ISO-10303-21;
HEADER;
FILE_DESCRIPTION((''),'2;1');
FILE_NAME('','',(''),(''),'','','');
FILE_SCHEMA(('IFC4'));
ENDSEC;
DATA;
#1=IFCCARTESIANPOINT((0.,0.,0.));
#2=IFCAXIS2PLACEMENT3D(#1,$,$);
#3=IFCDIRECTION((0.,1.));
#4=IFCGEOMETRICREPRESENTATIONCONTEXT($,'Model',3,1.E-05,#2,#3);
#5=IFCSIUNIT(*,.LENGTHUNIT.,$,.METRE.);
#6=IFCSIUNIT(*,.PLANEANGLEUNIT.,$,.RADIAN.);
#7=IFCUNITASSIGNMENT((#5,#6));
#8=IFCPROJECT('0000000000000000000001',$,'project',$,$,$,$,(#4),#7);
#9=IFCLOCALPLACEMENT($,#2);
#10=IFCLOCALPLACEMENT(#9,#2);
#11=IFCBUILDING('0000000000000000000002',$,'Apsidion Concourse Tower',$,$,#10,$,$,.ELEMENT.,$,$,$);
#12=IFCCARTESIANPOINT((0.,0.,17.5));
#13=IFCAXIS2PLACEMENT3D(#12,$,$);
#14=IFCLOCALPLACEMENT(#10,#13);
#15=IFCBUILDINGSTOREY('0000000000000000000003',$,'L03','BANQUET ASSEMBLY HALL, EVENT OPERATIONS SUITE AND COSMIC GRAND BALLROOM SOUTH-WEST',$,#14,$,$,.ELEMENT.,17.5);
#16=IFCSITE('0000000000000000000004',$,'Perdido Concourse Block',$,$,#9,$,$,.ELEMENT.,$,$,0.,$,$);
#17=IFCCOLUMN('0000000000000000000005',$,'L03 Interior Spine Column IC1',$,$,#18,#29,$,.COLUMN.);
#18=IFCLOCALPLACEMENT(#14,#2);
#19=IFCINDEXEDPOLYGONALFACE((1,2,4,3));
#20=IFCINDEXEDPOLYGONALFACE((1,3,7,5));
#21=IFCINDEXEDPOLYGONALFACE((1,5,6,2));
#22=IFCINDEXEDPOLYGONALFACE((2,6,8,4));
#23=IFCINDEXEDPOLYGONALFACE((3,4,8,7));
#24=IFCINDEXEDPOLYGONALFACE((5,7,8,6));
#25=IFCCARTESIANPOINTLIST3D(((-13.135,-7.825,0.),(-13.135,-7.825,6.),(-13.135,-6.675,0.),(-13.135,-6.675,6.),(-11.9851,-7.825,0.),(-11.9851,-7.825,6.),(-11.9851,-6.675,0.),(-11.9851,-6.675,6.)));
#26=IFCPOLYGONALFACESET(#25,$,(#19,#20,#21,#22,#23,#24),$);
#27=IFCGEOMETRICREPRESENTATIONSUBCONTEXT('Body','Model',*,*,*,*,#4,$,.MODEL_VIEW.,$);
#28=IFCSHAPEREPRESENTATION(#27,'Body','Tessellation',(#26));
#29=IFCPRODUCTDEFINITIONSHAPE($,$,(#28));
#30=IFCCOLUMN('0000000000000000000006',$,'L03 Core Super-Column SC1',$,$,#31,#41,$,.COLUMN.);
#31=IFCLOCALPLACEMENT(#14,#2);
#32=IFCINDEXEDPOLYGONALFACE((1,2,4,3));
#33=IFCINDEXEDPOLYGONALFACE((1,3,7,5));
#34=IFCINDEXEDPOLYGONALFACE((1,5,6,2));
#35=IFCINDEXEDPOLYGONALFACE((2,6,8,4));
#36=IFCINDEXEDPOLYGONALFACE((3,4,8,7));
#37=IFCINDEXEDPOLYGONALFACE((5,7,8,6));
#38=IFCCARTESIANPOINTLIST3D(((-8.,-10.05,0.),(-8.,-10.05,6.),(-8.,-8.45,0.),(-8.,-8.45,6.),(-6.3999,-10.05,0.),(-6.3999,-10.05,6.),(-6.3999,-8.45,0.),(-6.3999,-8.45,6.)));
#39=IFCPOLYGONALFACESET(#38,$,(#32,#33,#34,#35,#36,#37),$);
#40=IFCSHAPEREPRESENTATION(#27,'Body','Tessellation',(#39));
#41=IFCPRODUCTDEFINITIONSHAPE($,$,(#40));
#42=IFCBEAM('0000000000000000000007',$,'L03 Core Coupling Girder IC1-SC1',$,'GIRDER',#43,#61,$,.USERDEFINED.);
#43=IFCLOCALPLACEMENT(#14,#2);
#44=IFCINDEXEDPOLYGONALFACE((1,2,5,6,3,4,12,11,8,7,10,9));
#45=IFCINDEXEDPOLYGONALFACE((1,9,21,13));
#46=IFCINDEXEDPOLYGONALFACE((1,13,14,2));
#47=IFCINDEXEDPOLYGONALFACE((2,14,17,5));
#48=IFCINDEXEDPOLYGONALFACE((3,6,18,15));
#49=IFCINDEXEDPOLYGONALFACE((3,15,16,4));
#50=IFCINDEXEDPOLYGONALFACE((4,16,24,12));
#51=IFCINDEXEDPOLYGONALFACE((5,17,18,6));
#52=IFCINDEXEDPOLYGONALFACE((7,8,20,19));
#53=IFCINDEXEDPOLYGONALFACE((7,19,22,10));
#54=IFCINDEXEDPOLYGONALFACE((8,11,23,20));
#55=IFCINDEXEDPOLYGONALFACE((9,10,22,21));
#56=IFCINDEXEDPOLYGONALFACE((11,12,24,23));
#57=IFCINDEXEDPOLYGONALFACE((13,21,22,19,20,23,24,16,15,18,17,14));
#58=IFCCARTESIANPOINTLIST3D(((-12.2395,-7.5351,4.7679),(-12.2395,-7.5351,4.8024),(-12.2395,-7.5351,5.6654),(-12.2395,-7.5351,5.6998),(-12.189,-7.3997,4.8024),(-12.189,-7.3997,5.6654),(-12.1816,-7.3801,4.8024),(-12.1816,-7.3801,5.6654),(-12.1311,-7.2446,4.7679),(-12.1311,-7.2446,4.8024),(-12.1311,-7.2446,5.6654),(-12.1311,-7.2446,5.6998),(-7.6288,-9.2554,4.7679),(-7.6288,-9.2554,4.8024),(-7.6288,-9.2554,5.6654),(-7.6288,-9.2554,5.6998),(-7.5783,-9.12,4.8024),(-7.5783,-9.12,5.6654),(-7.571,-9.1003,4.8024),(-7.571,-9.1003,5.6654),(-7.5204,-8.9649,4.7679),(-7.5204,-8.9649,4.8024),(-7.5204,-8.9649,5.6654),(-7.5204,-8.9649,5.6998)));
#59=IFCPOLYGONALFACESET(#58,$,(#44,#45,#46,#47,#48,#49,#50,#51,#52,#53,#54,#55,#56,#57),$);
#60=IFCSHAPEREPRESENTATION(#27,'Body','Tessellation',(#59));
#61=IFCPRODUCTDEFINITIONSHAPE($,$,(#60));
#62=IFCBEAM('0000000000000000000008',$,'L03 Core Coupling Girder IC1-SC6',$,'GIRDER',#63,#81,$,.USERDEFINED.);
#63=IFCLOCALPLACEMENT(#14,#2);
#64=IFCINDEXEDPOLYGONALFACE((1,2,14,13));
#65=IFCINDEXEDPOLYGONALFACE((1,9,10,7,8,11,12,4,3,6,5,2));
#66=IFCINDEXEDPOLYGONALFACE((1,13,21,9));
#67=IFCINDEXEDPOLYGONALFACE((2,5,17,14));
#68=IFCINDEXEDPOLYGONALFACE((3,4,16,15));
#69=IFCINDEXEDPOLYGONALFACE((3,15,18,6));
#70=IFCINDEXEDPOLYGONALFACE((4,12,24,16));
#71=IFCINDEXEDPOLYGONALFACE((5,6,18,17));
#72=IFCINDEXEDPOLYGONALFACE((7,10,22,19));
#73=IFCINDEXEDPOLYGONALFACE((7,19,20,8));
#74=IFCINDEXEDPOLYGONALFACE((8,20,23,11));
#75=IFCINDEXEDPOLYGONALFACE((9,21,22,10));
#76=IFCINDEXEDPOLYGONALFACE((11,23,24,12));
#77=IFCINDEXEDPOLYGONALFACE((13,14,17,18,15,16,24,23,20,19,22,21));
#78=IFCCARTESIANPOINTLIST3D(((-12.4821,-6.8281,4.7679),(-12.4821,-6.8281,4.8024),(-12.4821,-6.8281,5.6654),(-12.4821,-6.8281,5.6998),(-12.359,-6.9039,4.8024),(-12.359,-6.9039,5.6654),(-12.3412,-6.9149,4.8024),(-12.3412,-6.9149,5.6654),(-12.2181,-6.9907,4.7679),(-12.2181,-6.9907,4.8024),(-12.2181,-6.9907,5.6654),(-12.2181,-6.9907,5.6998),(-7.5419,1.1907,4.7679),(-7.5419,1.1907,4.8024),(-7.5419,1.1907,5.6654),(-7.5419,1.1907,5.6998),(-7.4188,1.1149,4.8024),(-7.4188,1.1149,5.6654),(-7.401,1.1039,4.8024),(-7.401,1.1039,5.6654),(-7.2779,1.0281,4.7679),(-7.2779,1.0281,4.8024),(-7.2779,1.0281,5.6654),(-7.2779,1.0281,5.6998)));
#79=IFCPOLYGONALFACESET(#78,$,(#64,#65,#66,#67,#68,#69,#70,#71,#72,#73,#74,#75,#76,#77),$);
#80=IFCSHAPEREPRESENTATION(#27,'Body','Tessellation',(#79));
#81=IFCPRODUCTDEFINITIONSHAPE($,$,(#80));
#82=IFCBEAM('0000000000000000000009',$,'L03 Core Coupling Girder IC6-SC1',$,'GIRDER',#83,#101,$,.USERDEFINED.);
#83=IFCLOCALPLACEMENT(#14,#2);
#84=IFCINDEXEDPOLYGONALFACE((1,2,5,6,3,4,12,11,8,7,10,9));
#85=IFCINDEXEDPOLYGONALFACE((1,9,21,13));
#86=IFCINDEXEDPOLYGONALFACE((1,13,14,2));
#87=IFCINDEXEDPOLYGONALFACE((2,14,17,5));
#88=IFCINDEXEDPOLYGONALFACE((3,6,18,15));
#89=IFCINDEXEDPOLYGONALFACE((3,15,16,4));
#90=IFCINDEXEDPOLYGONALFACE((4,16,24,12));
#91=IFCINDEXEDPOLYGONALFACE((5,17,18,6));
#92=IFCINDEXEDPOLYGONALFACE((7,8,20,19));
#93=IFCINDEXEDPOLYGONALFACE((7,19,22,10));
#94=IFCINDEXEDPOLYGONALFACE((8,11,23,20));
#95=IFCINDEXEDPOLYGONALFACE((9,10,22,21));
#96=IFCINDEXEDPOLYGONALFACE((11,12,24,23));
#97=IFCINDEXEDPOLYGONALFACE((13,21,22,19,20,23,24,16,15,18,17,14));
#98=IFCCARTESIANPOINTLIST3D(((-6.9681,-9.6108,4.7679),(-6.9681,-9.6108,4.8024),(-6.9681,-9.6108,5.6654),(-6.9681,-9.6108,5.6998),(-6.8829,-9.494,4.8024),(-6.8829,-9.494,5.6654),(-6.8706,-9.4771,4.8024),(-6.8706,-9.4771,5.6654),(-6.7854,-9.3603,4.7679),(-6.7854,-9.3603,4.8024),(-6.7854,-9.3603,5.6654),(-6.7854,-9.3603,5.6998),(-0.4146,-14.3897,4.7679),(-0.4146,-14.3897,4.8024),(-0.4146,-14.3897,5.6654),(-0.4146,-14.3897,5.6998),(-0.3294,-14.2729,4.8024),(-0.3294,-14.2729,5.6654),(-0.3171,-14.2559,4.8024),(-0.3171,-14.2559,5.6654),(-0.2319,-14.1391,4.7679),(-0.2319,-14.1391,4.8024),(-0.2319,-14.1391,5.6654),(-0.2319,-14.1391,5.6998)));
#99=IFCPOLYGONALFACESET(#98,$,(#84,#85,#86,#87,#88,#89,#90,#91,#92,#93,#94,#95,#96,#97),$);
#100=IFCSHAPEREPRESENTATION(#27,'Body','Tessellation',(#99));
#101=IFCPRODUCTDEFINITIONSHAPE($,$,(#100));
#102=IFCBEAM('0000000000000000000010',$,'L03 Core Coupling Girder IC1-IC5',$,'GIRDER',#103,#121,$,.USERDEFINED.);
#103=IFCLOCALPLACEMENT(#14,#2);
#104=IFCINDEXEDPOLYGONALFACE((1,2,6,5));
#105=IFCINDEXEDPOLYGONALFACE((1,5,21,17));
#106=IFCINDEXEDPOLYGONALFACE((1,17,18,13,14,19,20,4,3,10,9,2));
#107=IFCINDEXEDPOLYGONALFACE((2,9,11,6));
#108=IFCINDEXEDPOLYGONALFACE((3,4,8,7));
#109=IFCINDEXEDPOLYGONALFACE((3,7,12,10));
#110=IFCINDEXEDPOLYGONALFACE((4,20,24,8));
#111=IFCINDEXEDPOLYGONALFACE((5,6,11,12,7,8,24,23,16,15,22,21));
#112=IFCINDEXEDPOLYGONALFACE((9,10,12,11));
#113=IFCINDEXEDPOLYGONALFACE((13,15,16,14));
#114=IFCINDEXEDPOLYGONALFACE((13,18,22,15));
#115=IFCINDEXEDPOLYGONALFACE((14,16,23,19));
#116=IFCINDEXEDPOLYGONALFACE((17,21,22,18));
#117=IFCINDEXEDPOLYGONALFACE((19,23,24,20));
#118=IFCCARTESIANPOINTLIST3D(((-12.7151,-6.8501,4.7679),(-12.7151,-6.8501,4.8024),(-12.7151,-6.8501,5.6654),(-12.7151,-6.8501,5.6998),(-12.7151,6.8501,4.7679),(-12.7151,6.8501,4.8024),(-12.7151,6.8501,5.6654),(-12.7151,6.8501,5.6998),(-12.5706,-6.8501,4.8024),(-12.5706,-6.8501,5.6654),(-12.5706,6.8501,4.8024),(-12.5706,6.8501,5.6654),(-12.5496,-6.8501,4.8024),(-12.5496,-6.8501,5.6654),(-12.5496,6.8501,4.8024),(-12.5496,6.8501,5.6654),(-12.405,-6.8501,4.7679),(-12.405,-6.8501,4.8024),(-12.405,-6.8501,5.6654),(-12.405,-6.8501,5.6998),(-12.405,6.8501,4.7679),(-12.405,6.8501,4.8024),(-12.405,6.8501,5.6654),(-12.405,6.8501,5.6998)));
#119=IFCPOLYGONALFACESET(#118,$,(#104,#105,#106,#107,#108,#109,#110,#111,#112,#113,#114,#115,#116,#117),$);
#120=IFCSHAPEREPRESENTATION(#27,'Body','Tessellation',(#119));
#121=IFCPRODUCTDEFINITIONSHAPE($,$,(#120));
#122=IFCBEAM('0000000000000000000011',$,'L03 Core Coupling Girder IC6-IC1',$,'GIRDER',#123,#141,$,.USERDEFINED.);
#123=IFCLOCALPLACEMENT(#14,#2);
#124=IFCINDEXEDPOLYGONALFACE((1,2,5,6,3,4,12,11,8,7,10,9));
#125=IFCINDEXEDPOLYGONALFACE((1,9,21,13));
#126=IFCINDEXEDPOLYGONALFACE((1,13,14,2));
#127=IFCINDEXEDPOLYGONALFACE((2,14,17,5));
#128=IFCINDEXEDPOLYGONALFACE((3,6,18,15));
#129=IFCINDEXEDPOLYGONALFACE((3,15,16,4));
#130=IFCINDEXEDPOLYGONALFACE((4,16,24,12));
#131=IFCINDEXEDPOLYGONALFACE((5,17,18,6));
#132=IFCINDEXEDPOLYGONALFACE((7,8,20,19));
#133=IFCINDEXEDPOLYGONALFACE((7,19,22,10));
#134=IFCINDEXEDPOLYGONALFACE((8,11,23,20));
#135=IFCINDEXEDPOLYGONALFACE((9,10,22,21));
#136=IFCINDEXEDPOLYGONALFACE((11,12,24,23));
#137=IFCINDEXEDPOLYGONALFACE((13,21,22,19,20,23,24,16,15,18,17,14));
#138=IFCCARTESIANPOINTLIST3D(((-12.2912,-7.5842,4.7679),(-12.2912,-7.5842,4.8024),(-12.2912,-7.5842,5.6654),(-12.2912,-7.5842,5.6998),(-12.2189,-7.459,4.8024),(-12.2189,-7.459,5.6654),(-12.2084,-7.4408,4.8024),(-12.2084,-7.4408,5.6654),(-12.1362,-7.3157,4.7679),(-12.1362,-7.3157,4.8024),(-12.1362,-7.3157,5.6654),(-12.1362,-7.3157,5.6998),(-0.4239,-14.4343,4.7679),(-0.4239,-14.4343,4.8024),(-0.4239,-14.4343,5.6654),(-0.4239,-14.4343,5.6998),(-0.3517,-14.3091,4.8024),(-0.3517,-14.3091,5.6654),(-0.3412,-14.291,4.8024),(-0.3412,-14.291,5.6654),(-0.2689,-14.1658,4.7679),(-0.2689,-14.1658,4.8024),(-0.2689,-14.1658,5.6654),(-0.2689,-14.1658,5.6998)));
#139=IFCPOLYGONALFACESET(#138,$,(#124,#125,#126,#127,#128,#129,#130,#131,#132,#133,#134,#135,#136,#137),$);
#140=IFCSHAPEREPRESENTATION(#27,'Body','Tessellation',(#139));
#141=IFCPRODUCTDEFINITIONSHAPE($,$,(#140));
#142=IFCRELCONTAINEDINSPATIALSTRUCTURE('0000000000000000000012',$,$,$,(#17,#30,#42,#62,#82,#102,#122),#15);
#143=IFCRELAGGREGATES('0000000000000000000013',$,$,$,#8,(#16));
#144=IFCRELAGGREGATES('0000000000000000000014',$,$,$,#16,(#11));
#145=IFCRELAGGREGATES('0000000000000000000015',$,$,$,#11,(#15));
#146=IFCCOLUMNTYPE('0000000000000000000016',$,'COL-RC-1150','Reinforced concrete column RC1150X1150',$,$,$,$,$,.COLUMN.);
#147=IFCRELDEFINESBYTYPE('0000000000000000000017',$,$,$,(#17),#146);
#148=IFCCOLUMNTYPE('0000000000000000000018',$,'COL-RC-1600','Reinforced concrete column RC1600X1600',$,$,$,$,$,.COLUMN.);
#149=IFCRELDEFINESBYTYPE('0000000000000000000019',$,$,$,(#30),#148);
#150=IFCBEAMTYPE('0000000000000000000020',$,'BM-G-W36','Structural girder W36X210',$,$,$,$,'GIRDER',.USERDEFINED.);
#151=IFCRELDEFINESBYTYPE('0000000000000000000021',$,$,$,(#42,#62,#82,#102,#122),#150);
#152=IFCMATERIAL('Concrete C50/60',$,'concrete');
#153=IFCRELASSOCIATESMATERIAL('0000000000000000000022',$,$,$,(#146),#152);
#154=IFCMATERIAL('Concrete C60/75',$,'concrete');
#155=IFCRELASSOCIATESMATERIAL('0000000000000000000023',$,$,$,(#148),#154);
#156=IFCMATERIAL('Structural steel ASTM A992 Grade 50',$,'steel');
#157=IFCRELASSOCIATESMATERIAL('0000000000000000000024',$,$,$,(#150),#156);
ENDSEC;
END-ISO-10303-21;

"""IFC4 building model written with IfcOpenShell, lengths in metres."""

from ifc_helpers import new_model, si_unit, direction, frame, origin, origin_2d, place, context, subcontext, project, spatial, rectangle, i_section, extrude, material, material_profile, profile_set, type_object, element, save


model = new_model("IFC4")

# Units and contexts
model_context = context("Model", 3, precision=1e-05, world=origin(), true_north=direction((0.0, 1.0)))
body_context = subcontext(model_context, "Body", "Model", "MODEL_VIEW")
ifc_project = project(units=[si_unit("LENGTHUNIT", "METRE"), si_unit("PLANEANGLEUNIT", "RADIAN")], contexts=[model_context])

# Site, building, storey
site_placement = place(None, origin())
site = spatial("IfcSite", under=ifc_project, at=site_placement, Name="Perdido Concourse Block", CompositionType="ELEMENT", RefElevation=0.0)
building_placement = place(site_placement, origin())
building = spatial("IfcBuilding", under=site, at=building_placement, Name="Apsidion Concourse Tower", CompositionType="ELEMENT")
storey_placement = place(building_placement, frame((0.0, 0.0, 17.5)))
storey = spatial("IfcBuildingStorey", under=building, at=storey_placement, Name="L03", Description="BANQUET ASSEMBLY HALL, EVENT OPERATIONS SUITE AND COSMIC GRAND BALLROOM SOUTH-WEST", CompositionType="ELEMENT", Elevation=17.5)

# Columns
ifc_material_1 = material(Name="Concrete C50/60", Category="concrete")
ifc_material_profile_1 = material_profile(ifc_material_1, rectangle(XDim=1.1499, YDim=1.1499, at=origin_2d()), Name="RC 1150x1150")
ifc_profile_set_1 = profile_set([ifc_material_profile_1], Name="Concrete C50/60")
column_type_1 = type_object("IfcColumnType", Name="COL-RC-1150", Description="Reinforced concrete column RC1150X1150", PredefinedType="COLUMN", material=ifc_profile_set_1)
column_1_placement = place(storey_placement, frame((-12.5601, -7.25, 0.0), z_axis=(0.0, 0.0, 1.0), x_axis=(1.0, 0.0, 0.0)))
element("IfcColumn", 1, at=column_1_placement, inside=storey, type_object=column_type_1, Name="L03 Interior Spine Column IC1", PredefinedType="COLUMN", context=body_context, shape_type="SweptSolid", body=[
    extrude(rectangle(XDim=1.1499, YDim=1.1499, at=origin_2d()), origin(), (0.0, 0.0, 1.0), 6.0),
])
ifc_material_2 = material(Name="Concrete C60/75", Category="concrete")
ifc_material_profile_2 = material_profile(ifc_material_2, rectangle(XDim=1.6001, YDim=1.6001, at=origin_2d()), Name="RC 1600x1600")
ifc_profile_set_2 = profile_set([ifc_material_profile_2], Name="Concrete C60/75")
column_type_2 = type_object("IfcColumnType", Name="COL-RC-1600", Description="Reinforced concrete column RC1600X1600", PredefinedType="COLUMN", material=ifc_profile_set_2)
column_2_placement = place(storey_placement, frame((-7.2, -9.25, 0.0), z_axis=(0.0, 0.0, 1.0), x_axis=(1.0, 0.0, 0.0)))
element("IfcColumn", 2, at=column_2_placement, inside=storey, type_object=column_type_2, Name="L03 Core Super-Column SC1", PredefinedType="COLUMN", context=body_context, shape_type="SweptSolid", body=[
    extrude(rectangle(XDim=1.6001, YDim=1.6001, at=origin_2d()), origin(), (0.0, 0.0, 1.0), 6.0),
])

# Beams
ifc_material_3 = material(Name="Structural steel ASTM A992 Grade 50", Category="steel")
ifc_material_profile_3 = material_profile(ifc_material_3, i_section(OverallWidth=0.3101, OverallDepth=0.9319, WebThickness=0.021, FlangeThickness=0.0344, at=origin_2d()), Name="W36X210")
ifc_profile_set_3 = profile_set([ifc_material_profile_3], Name="Structural steel ASTM A992 Grade 50")
beam_type = type_object("IfcBeamType", Name="BM-G-W36", Description="Structural girder W36X210", ElementType="GIRDER", PredefinedType="USERDEFINED", material=ifc_profile_set_3)
beam_1_placement = place(storey_placement, frame((-12.1853, -7.3899, 5.2339), z_axis=(0.936913, -0.349563, 0.0), x_axis=(0.349563, 0.936913, 0.0)))
element("IfcBeam", 3, at=beam_1_placement, inside=storey, type_object=beam_type, Name="L03 Core Coupling Girder IC1-SC1", ObjectType="GIRDER", PredefinedType="USERDEFINED", context=body_context, shape_type="SweptSolid", body=[
    extrude(i_section(OverallWidth=0.3101, OverallDepth=0.9319, WebThickness=0.021, FlangeThickness=0.0344, at=origin_2d()), origin(), (0.0, 0.0, 1.0), 4.9211),
])
beam_2_placement = place(storey_placement, frame((-12.3501, -6.9094, 5.2339), z_axis=(0.524524, 0.851396, 0.0), x_axis=(-0.851396, 0.524524, 0.0)))
element("IfcBeam", 4, at=beam_2_placement, inside=storey, type_object=beam_type, Name="L03 Core Coupling Girder IC1-SC6", ObjectType="GIRDER", PredefinedType="USERDEFINED", context=body_context, shape_type="SweptSolid", body=[
    extrude(i_section(OverallWidth=0.3101, OverallDepth=0.9319, WebThickness=0.021, FlangeThickness=0.0344, at=origin_2d()), origin(), (0.0, 0.0, 1.0), 9.4185),
])
beam_3_placement = place(storey_placement, frame((-0.3232, -14.2644, 5.2339), z_axis=(-0.807993, 0.589191, 0.0), x_axis=(-0.589191, -0.807993, 0.0)))
element("IfcBeam", 5, at=beam_3_placement, inside=storey, type_object=beam_type, Name="L03 Core Coupling Girder IC6-SC1", ObjectType="GIRDER", PredefinedType="USERDEFINED", context=body_context, shape_type="SweptSolid", body=[
    extrude(i_section(OverallWidth=0.3101, OverallDepth=0.9319, WebThickness=0.021, FlangeThickness=0.0344, at=origin_2d()), origin(), (0.0, 0.0, 1.0), 8.1108),
])
beam_4_placement = place(storey_placement, frame((-12.5601, -6.8501, 5.2339), z_axis=(0.0, 1.0, 0.0), x_axis=(-1.0, 0.0, 0.0)))
element("IfcBeam", 6, at=beam_4_placement, inside=storey, type_object=beam_type, Name="L03 Core Coupling Girder IC1-IC5", ObjectType="GIRDER", PredefinedType="USERDEFINED", context=body_context, shape_type="SweptSolid", body=[
    extrude(i_section(OverallWidth=0.3101, OverallDepth=0.9319, WebThickness=0.021, FlangeThickness=0.0344, at=origin_2d()), origin(), (0.0, 0.0, 1.0), 13.7002),
])
beam_5_placement = place(storey_placement, frame((-0.3464, -14.3, 5.2339), z_axis=(-0.86607, 0.499922, 0.0), x_axis=(-0.499922, -0.86607, 0.0)))
element("IfcBeam", 7, at=beam_5_placement, inside=storey, type_object=beam_type, Name="L03 Core Coupling Girder IC6-IC1", ObjectType="GIRDER", PredefinedType="USERDEFINED", context=body_context, shape_type="SweptSolid", body=[
    extrude(i_section(OverallWidth=0.3101, OverallDepth=0.9319, WebThickness=0.021, FlangeThickness=0.0344, at=origin_2d()), origin(), (0.0, 0.0, 1.0), 13.7024),
])

save(model, "model.ifc")
